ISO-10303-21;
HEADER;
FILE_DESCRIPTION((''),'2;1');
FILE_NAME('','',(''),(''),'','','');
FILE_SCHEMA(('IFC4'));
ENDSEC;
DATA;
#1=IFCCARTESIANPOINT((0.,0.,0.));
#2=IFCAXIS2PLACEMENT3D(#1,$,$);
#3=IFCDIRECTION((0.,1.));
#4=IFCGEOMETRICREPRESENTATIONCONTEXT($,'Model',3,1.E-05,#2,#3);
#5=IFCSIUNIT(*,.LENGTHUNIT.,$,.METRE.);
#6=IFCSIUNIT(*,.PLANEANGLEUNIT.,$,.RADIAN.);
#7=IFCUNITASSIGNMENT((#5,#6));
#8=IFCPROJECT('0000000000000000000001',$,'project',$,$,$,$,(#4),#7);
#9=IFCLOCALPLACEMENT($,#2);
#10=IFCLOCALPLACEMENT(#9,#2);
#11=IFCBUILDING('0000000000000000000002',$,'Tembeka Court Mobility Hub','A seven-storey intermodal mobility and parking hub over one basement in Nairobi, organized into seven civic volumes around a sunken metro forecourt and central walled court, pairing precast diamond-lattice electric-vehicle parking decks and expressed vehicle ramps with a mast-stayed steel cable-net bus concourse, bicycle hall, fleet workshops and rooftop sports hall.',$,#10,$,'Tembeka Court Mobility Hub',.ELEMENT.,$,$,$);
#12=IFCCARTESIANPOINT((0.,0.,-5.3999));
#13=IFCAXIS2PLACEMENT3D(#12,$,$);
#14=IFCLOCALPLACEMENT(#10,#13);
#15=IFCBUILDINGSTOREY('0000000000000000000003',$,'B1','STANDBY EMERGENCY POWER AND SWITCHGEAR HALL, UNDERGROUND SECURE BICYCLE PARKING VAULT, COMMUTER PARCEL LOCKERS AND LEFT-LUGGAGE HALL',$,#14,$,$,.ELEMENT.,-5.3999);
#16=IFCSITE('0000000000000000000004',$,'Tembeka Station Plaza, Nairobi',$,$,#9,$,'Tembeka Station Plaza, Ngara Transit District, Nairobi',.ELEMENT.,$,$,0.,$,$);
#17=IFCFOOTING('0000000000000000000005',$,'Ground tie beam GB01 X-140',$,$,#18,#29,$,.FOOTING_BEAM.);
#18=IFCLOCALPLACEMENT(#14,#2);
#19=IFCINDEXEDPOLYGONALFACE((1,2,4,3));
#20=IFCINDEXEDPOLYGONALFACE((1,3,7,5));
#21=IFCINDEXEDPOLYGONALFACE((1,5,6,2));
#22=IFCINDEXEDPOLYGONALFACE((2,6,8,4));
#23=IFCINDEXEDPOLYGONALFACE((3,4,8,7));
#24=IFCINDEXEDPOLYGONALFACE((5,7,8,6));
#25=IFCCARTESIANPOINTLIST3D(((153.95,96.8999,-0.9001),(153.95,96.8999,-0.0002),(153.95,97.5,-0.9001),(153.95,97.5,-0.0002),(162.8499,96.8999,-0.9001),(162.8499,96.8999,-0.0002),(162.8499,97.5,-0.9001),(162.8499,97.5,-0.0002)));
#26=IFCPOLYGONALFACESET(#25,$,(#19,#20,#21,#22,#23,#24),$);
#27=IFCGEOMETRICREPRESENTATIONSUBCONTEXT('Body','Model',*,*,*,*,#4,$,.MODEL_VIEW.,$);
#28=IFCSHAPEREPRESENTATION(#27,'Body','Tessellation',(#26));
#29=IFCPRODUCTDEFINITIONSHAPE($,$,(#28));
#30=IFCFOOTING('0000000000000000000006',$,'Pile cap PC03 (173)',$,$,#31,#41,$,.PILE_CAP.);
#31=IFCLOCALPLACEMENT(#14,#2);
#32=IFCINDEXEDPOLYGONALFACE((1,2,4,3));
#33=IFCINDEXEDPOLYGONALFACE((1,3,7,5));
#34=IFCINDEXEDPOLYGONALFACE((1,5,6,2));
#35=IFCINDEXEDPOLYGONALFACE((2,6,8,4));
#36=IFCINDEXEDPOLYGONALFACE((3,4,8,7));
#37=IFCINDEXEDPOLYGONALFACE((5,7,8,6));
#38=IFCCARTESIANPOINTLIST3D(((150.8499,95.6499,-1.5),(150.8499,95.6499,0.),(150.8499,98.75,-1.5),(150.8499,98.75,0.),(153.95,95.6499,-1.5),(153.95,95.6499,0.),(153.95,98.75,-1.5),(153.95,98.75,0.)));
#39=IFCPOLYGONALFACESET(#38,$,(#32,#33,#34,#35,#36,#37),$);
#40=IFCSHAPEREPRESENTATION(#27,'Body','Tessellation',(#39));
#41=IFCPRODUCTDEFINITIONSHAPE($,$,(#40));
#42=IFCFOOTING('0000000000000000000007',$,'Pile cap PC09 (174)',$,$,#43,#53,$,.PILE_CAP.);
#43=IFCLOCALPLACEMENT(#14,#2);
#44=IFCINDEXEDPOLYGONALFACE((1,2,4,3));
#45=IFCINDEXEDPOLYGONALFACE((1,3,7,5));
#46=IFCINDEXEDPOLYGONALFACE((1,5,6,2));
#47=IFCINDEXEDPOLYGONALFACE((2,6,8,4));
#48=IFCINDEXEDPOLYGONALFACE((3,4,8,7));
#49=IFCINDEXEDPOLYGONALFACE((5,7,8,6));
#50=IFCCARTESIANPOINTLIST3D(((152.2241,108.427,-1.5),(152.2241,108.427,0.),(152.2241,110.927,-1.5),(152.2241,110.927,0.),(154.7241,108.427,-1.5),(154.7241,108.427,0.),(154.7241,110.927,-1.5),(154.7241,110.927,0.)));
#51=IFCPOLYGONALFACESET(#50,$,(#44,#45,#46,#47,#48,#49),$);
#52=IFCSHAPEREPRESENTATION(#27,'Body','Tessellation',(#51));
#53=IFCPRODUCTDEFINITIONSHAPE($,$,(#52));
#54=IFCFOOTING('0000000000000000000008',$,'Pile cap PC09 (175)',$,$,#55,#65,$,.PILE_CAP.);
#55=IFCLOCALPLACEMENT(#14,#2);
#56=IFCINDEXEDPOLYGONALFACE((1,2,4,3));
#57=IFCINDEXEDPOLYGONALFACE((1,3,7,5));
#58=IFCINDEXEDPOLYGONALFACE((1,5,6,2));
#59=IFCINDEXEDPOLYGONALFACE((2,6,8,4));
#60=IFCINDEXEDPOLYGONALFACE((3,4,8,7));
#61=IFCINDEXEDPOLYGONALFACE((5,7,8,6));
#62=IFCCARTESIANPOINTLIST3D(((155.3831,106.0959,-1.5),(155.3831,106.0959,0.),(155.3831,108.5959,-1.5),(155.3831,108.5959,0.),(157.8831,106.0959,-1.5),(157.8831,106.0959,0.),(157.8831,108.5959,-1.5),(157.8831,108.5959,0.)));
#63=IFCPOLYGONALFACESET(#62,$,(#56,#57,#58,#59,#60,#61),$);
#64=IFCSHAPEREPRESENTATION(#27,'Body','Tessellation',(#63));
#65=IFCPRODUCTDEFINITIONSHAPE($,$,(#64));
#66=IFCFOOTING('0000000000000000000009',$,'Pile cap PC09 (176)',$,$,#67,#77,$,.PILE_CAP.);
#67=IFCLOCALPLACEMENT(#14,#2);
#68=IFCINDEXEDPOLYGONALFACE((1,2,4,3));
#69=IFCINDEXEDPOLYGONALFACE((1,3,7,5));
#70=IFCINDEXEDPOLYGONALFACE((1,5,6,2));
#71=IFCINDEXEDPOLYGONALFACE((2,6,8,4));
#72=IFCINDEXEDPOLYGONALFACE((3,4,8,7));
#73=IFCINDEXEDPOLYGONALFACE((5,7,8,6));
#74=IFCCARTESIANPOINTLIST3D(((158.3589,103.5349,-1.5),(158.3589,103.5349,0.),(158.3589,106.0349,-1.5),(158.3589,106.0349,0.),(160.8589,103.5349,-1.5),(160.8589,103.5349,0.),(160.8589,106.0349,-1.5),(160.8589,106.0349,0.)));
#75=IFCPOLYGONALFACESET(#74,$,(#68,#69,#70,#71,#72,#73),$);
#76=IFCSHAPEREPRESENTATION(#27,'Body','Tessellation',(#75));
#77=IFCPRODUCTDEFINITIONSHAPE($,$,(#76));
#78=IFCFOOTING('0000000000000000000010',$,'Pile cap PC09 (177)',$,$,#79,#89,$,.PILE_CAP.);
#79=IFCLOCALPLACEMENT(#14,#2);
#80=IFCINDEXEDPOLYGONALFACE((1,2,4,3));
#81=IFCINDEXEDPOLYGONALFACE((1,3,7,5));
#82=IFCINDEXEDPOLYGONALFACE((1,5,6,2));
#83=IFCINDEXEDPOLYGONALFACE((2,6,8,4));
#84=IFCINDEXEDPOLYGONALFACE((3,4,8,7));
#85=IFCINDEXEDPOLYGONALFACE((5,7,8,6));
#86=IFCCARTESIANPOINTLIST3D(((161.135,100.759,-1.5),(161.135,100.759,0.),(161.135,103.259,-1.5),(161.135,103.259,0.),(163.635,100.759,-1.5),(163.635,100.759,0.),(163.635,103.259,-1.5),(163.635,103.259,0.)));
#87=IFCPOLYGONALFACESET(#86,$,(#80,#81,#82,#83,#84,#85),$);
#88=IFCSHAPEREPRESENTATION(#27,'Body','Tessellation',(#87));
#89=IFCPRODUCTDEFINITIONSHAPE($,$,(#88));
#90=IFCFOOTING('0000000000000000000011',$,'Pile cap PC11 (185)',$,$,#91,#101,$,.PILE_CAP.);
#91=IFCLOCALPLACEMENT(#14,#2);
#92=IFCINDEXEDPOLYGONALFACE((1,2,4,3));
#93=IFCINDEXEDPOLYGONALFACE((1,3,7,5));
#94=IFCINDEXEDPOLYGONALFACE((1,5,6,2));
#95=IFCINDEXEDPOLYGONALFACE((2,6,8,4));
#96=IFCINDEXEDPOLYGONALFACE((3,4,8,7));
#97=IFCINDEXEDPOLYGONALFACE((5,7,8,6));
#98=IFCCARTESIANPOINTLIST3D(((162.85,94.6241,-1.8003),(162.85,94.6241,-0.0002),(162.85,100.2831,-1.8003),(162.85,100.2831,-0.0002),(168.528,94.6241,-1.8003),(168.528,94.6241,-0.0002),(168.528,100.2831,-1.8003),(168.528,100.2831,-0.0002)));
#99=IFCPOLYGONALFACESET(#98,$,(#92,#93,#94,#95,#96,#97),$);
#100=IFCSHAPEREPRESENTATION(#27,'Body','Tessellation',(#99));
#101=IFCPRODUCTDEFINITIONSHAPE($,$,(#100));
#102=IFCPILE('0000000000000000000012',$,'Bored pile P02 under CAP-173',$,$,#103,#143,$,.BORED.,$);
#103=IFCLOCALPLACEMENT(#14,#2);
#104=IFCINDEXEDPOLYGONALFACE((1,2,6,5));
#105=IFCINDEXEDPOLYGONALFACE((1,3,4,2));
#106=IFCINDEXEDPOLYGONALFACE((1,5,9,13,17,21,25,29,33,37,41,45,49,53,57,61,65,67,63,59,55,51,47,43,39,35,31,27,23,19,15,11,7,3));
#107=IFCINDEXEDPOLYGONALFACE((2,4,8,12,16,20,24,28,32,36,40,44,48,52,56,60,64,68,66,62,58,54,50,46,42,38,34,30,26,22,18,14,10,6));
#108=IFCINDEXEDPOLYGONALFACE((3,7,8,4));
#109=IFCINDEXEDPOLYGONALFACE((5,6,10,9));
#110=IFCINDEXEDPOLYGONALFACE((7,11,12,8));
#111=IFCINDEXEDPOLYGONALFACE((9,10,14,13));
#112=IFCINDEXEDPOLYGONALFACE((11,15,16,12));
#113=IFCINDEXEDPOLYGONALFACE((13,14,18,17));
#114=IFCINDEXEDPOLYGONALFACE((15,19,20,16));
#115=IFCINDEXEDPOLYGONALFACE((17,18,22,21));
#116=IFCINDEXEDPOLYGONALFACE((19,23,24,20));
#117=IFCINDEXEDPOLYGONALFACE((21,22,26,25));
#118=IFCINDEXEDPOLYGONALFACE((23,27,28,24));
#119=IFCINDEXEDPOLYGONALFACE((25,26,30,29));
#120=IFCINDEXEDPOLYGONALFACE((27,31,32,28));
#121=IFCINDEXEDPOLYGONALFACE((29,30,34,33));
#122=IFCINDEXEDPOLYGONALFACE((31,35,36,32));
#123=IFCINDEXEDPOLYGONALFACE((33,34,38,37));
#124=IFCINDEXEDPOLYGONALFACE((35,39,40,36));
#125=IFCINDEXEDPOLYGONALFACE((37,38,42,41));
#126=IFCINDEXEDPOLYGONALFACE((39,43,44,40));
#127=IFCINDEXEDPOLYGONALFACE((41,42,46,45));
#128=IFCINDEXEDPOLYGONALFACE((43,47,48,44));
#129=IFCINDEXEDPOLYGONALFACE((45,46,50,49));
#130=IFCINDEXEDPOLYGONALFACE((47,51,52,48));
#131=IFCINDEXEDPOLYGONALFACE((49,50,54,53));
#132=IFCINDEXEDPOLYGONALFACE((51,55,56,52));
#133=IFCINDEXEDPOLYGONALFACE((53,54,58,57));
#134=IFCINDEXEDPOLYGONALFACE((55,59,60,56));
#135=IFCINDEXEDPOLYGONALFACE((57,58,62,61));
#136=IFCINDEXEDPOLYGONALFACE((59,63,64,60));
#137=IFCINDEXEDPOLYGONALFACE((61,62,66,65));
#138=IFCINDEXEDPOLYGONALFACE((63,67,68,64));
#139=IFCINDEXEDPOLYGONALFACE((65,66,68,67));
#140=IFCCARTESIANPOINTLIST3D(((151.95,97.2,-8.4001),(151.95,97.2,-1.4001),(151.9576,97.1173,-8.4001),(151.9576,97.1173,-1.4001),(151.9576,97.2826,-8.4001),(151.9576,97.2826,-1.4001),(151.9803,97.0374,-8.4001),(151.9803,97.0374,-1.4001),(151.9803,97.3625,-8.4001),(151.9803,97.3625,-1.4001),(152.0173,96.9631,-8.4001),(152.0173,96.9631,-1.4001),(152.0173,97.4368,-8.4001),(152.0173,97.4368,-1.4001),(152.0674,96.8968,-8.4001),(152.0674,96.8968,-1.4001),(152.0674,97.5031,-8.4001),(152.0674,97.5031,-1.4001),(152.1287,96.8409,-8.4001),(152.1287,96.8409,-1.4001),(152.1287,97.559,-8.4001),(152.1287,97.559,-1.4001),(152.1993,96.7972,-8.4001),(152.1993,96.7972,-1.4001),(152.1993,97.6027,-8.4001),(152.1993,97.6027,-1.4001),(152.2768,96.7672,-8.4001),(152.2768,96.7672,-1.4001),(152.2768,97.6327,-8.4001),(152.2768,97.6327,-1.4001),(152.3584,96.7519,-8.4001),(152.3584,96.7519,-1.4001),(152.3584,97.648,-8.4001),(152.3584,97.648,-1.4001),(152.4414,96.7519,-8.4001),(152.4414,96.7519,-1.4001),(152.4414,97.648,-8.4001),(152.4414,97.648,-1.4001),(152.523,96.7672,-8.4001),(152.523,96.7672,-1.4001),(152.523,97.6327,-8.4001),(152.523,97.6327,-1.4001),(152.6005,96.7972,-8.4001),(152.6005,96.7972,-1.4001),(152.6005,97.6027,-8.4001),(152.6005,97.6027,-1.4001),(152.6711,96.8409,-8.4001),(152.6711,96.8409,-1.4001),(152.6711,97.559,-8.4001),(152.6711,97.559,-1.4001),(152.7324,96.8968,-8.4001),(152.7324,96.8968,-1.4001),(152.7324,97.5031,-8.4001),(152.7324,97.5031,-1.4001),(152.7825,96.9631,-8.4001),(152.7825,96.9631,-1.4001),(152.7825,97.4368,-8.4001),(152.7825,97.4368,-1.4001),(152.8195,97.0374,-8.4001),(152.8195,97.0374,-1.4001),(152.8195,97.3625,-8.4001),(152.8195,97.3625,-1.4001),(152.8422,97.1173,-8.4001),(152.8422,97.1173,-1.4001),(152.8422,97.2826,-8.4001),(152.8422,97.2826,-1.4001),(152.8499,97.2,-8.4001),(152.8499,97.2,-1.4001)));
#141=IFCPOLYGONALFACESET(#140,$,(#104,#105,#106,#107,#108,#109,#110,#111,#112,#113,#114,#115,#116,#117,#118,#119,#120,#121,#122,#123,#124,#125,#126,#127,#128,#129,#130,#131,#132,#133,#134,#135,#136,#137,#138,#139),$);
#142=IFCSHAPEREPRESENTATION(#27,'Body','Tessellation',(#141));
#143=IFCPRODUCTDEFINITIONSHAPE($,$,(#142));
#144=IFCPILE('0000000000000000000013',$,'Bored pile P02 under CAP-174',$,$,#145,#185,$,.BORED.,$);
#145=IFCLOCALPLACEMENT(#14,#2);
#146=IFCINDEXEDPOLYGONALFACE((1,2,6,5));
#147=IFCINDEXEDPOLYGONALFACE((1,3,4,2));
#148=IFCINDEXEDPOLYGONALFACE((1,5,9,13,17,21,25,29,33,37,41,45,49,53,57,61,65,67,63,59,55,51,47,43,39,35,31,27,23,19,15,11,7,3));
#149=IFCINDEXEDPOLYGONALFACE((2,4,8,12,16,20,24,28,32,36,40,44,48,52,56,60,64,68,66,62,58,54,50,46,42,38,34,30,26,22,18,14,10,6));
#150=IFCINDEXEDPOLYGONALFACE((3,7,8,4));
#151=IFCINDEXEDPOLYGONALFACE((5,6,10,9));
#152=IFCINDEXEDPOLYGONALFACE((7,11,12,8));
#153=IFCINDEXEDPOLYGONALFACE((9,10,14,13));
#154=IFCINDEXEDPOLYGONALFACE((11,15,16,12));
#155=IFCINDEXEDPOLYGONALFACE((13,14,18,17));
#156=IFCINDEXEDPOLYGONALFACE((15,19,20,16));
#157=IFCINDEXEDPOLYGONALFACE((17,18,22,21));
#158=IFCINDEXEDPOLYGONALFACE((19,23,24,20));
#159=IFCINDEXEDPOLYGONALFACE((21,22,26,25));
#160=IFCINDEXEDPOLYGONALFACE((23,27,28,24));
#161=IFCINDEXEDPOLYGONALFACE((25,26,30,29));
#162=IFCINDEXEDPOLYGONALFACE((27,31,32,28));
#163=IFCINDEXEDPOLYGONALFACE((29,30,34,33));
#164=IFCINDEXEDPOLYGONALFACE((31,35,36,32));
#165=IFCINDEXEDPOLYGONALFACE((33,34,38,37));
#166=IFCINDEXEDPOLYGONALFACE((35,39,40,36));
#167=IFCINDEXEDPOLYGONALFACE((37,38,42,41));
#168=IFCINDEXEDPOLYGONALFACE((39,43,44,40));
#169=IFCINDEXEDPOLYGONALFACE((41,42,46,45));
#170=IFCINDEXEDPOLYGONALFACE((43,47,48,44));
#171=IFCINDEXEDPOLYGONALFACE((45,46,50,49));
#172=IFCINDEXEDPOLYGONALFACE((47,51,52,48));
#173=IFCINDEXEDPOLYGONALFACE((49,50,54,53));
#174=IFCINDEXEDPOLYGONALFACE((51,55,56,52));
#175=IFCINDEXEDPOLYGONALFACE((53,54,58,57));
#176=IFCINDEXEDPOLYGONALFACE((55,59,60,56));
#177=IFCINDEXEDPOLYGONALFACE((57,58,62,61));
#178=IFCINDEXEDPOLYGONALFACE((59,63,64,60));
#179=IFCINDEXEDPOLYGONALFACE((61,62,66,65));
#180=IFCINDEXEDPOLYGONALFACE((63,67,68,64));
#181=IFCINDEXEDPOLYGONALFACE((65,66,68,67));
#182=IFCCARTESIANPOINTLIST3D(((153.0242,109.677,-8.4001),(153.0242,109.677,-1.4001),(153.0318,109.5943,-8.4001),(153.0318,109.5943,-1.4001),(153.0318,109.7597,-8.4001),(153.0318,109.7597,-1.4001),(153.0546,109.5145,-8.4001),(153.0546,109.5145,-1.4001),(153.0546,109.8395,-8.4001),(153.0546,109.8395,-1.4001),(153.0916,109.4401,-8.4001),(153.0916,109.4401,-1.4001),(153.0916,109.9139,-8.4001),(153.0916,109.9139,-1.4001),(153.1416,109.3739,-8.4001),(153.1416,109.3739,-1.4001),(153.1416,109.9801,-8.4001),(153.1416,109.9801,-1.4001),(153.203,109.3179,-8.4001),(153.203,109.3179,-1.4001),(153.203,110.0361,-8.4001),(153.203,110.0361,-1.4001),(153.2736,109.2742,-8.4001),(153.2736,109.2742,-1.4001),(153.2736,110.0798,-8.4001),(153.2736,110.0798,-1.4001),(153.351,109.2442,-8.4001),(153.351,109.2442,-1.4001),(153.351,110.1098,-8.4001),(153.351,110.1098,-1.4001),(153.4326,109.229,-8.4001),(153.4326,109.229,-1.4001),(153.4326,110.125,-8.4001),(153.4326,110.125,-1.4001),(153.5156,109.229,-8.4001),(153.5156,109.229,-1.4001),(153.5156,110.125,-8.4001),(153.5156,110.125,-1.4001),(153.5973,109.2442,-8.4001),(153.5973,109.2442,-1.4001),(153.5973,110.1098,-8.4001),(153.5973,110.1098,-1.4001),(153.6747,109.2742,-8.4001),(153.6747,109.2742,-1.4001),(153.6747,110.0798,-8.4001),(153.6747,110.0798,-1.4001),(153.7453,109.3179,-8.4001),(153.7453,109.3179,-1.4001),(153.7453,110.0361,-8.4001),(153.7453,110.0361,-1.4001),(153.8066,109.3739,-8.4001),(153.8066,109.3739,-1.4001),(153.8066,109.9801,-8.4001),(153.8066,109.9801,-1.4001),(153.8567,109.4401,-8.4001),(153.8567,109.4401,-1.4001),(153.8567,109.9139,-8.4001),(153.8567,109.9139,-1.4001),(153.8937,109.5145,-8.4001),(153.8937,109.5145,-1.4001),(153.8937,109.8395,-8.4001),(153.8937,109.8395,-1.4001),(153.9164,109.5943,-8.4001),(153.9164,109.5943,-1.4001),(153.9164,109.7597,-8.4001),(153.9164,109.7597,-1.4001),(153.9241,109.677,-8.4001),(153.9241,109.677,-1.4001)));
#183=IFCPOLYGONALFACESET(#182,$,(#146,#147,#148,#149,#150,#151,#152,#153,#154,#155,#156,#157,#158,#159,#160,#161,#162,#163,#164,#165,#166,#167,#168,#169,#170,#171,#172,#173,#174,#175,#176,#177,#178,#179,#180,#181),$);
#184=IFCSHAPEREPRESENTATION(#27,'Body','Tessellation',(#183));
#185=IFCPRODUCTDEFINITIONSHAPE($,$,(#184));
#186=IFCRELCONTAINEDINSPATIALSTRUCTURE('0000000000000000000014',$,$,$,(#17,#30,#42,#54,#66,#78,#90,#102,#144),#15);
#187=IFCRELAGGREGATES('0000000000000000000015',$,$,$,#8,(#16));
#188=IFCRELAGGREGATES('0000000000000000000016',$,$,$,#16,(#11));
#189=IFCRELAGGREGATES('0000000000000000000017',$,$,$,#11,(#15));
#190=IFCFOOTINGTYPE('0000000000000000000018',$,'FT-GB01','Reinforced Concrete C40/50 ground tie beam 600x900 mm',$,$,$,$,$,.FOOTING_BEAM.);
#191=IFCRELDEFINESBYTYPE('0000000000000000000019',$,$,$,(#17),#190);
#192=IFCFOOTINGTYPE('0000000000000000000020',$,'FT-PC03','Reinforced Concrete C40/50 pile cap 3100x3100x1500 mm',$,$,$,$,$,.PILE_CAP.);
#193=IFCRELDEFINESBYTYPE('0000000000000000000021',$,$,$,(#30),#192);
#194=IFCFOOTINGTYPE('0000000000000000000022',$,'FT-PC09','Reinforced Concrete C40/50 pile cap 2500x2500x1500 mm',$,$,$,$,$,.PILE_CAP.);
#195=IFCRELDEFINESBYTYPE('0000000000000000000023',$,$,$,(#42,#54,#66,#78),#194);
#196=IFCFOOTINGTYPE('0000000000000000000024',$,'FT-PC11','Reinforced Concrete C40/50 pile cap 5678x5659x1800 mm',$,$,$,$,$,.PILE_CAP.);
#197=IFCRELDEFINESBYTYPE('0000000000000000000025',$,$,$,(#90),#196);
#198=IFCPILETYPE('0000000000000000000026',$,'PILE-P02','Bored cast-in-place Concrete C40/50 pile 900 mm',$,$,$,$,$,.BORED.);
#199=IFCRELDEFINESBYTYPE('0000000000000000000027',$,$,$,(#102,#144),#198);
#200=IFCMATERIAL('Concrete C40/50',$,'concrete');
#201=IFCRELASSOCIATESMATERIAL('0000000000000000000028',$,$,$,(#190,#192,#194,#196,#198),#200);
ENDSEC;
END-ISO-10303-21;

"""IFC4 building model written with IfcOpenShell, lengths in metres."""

from ifc_helpers import new_model, si_unit, direction, frame, origin, origin_2d, place, context, subcontext, project, spatial, rectangle, circle, extrude, material, material_profile, profile_set, type_object, element, save


model = new_model("IFC4")

# Units and contexts
model_context = context("Model", 3, precision=1e-05, world=origin(), true_north=direction((0.0, 1.0)))
body_context = subcontext(model_context, "Body", "Model", "MODEL_VIEW")
ifc_project = project(units=[si_unit("LENGTHUNIT", "METRE"), si_unit("PLANEANGLEUNIT", "RADIAN")], contexts=[model_context])

# Site, building, storey
site_placement = place(None, origin())
site = spatial("IfcSite", under=ifc_project, at=site_placement, Name="Tembeka Station Plaza, Nairobi", LongName="Tembeka Station Plaza, Ngara Transit District, Nairobi", CompositionType="ELEMENT", RefElevation=0.0)
building_placement = place(site_placement, origin())
building = spatial("IfcBuilding", under=site, at=building_placement, Name="Tembeka Court Mobility Hub", Description="A seven-storey intermodal mobility and parking hub over one basement in Nairobi, organized into seven civic volumes around a sunken metro forecourt and central walled court, pairing precast diamond-lattice electric-vehicle parking decks and expressed vehicle ramps with a mast-stayed steel cable-net bus concourse, bicycle hall, fleet workshops and rooftop sports hall.", LongName="Tembeka Court Mobility Hub", CompositionType="ELEMENT")
storey_placement = place(building_placement, frame((0.0, 0.0, -5.3999)))
storey = spatial("IfcBuildingStorey", under=building, at=storey_placement, Name="B1", Description="STANDBY EMERGENCY POWER AND SWITCHGEAR HALL, UNDERGROUND SECURE BICYCLE PARKING VAULT, COMMUTER PARCEL LOCKERS AND LEFT-LUGGAGE HALL", CompositionType="ELEMENT", Elevation=-5.3999)

# Footings
ifc_material_1 = material(Name="Concrete C40/50", Category="concrete")
footing_type_1 = type_object("IfcFootingType", Name="FT-GB01", Description="Reinforced Concrete C40/50 ground tie beam 600x900 mm", PredefinedType="FOOTING_BEAM", material=ifc_material_1)
footing_1_placement = place(storey_placement, frame((158.3999, 97.2, -0.9001), z_axis=(0.0, 0.0, 1.0), x_axis=(1.0, 0.0, 0.0)))
element("IfcFooting", 1, at=footing_1_placement, inside=storey, type_object=footing_type_1, Name="Ground tie beam GB01 X-140", PredefinedType="FOOTING_BEAM", context=body_context, shape_type="SweptSolid", body=[
    extrude(rectangle(XDim=8.8999, YDim=0.6001, at=origin_2d()), origin(), (0.0, 0.0, 1.0), 0.8999),
])
footing_type_2 = type_object("IfcFootingType", Name="FT-PC03", Description="Reinforced Concrete C40/50 pile cap 3100x3100x1500 mm", PredefinedType="PILE_CAP", material=ifc_material_1)
footing_2_placement = place(storey_placement, frame((152.3999, 97.2, -1.5), z_axis=(0.0, 0.0, 1.0), x_axis=(1.0, 0.0, 0.0)))
element("IfcFooting", 2, at=footing_2_placement, inside=storey, type_object=footing_type_2, Name="Pile cap PC03 (173)", PredefinedType="PILE_CAP", context=body_context, shape_type="SweptSolid", body=[
    extrude(rectangle(XDim=3.1001, YDim=3.1001, at=origin_2d()), origin(), (0.0, 0.0, 1.0), 1.5),
])
footing_type_3 = type_object("IfcFootingType", Name="FT-PC09", Description="Reinforced Concrete C40/50 pile cap 2500x2500x1500 mm", PredefinedType="PILE_CAP", material=ifc_material_1)
for number, where, z_axis, x_axis, name in (
    (3, (153.4741, 109.677, -1.5), (0.0, 0.0, 1.0), (1.0, 0.0, 0.0), "Pile cap PC09 (174)"),
    (4, (156.6331, 107.3459, -1.5), (0.0, 0.0, 1.0), (1.0, 0.0, 0.0), "Pile cap PC09 (175)"),
    (5, (159.6089, 104.7849, -1.5), (0.0, 0.0, 1.0), (1.0, 0.0, 0.0), "Pile cap PC09 (176)"),
    (6, (162.385, 102.009, -1.5), (0.0, 0.0, 1.0), (1.0, 0.0, 0.0), "Pile cap PC09 (177)"),
):
    element("IfcFooting", number, at=place(storey_placement, frame(where, z_axis=z_axis, x_axis=x_axis)), inside=storey, type_object=footing_type_3, Name=name, PredefinedType="PILE_CAP", context=body_context, shape_type="SweptSolid", body=[
        extrude(rectangle(XDim=2.5, YDim=2.5, at=origin_2d()), origin(), (0.0, 0.0, 1.0), 1.5),
    ])
footing_type_4 = type_object("IfcFootingType", Name="FT-PC11", Description="Reinforced Concrete C40/50 pile cap 5678x5659x1800 mm", PredefinedType="PILE_CAP", material=ifc_material_1)
footing_3_placement = place(storey_placement, frame((165.689, 97.4536, -1.8003), z_axis=(0.0, 0.0, 1.0), x_axis=(1.0, 0.0, 0.0)))
element("IfcFooting", 7, at=footing_3_placement, inside=storey, type_object=footing_type_4, Name="Pile cap PC11 (185)", PredefinedType="PILE_CAP", context=body_context, shape_type="SweptSolid", body=[
    extrude(rectangle(XDim=5.678, YDim=5.6589, at=origin_2d()), origin(), (0.0, 0.0, 1.0), 1.8),
])

# Piles
ifc_material_profile_1 = material_profile(ifc_material_1, circle(Radius=0.45, at=origin_2d()), Name="PILE D900")
ifc_profile_set_1 = profile_set([ifc_material_profile_1], Name="Concrete C40/50")
pile_type_1 = type_object("IfcPileType", Name="PILE-P02", Description="Bored cast-in-place Concrete C40/50 pile 900 mm", PredefinedType="BORED", material=ifc_profile_set_1)
for number, where, z_axis, x_axis, name in (
    (8, (152.3999, 97.2, -1.4001), (0.0, 0.0, -1.0), (1.0, 0.0, 0.0), "Bored pile P02 under CAP-173"),
    (9, (153.4741, 109.677, -1.4001), (0.0, 0.0, -1.0), (1.0, 0.0, 0.0), "Bored pile P02 under CAP-174"),
):
    element("IfcPile", number, at=place(storey_placement, frame(where, z_axis=z_axis, x_axis=x_axis)), inside=storey, type_object=pile_type_1, Name=name, PredefinedType="BORED", context=body_context, shape_type="SweptSolid", body=[
        extrude(circle(Radius=0.45, at=origin_2d()), origin(), (0.0, 0.0, 1.0), 7.0),
    ])

save(model, "model.ifc")
